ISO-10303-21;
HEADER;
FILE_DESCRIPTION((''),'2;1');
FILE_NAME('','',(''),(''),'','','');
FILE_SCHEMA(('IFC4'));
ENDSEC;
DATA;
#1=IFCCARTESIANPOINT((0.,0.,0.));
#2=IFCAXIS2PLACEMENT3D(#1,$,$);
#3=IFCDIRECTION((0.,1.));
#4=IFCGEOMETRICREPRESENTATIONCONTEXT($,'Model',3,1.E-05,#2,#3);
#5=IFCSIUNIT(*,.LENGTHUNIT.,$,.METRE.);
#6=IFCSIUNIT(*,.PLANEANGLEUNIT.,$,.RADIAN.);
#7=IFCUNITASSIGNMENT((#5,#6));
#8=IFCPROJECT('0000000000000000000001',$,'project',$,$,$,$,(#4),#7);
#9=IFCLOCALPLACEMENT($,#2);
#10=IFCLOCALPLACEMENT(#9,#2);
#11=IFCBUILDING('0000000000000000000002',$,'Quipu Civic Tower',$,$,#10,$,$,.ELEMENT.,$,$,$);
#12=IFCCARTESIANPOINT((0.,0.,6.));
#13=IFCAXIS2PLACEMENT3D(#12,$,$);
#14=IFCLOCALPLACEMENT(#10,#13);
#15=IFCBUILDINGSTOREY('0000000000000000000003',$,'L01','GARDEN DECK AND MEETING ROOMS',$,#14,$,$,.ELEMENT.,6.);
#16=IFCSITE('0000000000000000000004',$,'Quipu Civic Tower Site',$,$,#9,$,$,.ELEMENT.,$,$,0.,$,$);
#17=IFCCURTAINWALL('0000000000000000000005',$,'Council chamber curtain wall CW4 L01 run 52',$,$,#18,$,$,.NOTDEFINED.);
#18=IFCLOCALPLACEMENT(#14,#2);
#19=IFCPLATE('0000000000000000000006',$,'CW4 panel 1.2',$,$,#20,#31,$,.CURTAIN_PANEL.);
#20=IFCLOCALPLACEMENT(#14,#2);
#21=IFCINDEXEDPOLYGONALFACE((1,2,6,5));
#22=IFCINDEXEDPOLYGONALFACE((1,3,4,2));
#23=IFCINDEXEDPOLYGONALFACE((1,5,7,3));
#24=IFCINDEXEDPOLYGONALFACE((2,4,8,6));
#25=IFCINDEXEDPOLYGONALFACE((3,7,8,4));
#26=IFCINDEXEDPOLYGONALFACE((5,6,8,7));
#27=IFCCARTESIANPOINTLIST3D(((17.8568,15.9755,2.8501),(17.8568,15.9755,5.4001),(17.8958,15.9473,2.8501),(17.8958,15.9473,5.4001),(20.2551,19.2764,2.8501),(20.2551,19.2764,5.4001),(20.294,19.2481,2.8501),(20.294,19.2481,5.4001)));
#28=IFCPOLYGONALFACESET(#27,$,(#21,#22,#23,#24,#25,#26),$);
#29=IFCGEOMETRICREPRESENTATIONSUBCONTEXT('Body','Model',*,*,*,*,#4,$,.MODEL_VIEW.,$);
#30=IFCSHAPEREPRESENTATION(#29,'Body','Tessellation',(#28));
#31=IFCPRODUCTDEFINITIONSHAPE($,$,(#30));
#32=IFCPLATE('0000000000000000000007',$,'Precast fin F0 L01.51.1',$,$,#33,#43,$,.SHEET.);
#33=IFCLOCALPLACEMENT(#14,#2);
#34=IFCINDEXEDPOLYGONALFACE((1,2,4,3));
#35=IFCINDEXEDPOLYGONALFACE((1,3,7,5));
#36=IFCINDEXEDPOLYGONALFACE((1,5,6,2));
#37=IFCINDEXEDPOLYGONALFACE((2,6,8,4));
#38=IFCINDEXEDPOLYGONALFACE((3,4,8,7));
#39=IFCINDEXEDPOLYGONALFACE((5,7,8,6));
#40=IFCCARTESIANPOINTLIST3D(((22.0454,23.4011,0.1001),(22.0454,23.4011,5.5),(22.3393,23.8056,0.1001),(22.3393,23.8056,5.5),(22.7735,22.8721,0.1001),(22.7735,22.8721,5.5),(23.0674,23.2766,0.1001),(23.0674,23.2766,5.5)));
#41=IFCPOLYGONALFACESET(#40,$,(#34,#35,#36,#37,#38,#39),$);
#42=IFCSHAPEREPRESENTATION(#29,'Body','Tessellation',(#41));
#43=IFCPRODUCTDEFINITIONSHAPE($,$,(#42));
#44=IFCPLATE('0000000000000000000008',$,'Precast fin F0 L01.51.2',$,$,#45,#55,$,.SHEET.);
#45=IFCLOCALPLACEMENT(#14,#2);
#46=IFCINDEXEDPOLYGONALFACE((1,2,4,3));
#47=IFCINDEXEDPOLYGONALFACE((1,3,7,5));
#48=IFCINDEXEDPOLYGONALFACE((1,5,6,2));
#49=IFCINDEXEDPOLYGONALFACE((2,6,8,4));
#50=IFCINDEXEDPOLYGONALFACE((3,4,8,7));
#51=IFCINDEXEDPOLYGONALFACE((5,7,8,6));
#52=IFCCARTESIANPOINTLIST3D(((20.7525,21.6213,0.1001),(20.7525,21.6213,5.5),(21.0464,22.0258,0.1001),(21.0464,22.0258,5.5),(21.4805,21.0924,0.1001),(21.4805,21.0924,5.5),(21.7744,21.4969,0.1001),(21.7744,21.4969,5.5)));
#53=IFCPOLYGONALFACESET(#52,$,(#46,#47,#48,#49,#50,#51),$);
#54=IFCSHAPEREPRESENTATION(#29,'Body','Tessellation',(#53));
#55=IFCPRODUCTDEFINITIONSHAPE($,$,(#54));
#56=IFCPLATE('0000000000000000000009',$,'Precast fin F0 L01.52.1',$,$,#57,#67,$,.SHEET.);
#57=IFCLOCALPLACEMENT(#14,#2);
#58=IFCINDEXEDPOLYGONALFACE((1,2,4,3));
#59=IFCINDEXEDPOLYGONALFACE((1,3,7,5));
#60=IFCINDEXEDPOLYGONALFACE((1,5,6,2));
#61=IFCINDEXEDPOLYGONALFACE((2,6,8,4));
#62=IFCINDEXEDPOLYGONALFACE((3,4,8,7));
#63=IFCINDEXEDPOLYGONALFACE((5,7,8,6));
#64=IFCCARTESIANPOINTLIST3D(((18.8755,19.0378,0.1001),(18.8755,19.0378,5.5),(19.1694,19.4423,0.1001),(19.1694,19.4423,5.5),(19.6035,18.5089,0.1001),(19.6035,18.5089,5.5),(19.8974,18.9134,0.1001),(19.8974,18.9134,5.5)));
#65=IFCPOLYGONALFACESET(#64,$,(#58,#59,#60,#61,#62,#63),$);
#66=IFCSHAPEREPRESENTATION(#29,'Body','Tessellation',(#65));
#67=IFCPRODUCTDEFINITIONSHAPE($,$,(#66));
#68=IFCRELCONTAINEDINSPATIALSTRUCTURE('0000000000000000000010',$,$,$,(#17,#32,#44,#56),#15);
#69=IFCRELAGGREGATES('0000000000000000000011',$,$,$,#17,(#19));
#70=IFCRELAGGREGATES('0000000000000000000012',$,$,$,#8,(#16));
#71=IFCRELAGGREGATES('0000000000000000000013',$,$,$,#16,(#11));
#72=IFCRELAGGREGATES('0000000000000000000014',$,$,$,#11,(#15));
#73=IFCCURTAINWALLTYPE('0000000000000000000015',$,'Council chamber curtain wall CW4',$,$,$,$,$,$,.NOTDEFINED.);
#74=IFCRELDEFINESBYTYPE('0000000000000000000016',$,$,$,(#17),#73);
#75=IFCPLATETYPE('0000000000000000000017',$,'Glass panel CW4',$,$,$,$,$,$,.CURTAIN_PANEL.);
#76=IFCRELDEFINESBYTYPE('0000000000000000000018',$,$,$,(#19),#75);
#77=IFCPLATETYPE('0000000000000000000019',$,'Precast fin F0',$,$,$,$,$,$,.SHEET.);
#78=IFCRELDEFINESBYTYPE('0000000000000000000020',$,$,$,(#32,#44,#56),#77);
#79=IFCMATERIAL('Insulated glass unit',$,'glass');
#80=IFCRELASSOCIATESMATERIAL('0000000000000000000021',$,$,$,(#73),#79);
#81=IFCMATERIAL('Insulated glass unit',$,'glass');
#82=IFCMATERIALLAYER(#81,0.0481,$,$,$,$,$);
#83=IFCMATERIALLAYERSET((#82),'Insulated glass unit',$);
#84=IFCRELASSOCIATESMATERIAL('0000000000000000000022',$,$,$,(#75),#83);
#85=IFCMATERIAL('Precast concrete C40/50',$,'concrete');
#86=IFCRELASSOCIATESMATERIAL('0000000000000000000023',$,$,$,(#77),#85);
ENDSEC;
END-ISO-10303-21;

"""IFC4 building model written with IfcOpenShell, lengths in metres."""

from ifc_helpers import new_model, si_unit, direction, frame, origin, origin_2d, place, context, subcontext, project, spatial, rectangle, extrude, material, layer, layer_set, type_object, element, aggregate, save


model = new_model("IFC4")

# Units and contexts
model_context = context("Model", 3, precision=1e-05, world=origin(), true_north=direction((0.0, 1.0)))
body_context = subcontext(model_context, "Body", "Model", "MODEL_VIEW")
ifc_project = project(units=[si_unit("LENGTHUNIT", "METRE"), si_unit("PLANEANGLEUNIT", "RADIAN")], contexts=[model_context])

# Site, building, storey
site_placement = place(None, origin())
site = spatial("IfcSite", under=ifc_project, at=site_placement, Name="Quipu Civic Tower Site", CompositionType="ELEMENT", RefElevation=0.0)
building_placement = place(site_placement, origin())
building = spatial("IfcBuilding", under=site, at=building_placement, Name="Quipu Civic Tower", CompositionType="ELEMENT")
storey_placement = place(building_placement, frame((0.0, 0.0, 6.0)))
storey = spatial("IfcBuildingStorey", under=building, at=storey_placement, Name="L01", Description="GARDEN DECK AND MEETING ROOMS", CompositionType="ELEMENT", Elevation=6.0)

# Shared definitions
ifc_material_1 = material(Name="Insulated glass unit", Category="glass")
curtain_wall_type = type_object("IfcCurtainWallType", Name="Council chamber curtain wall CW4", PredefinedType="NOTDEFINED", material=ifc_material_1)

# Curtain wall
curtain_wall_1_placement = place(storey_placement, origin())
curtain_wall_1 = element("IfcCurtainWall", 1, at=curtain_wall_1_placement, inside=storey, type_object=curtain_wall_type, Name="Council chamber curtain wall CW4 L01 run 52", PredefinedType="NOTDEFINED")

# Plate
ifc_material_2 = material(Name="Insulated glass unit", Category="glass")
ifc_layer = layer(ifc_material_2, 0.0481)
ifc_layer_set = layer_set([ifc_layer], Name="Insulated glass unit")
plate_type_1 = type_object("IfcPlateType", Name="Glass panel CW4", PredefinedType="CURTAIN_PANEL", material=ifc_layer_set)
plate_1_placement = place(storey_placement, frame((19.0754, 17.6118, 2.8501), z_axis=(0.0, 0.0, 1.0), x_axis=(-0.5878, -0.809006, 0.0)))
plate_1 = element("IfcPlate", 2, at=plate_1_placement, type_object=plate_type_1, Name="CW4 panel 1.2", PredefinedType="CURTAIN_PANEL", context=body_context, shape_type="SweptSolid", body=[
    extrude(rectangle(XDim=4.0801, YDim=0.0481, at=origin_2d()), origin(), (0.0, 0.0, 1.0), 2.55),
])
aggregate(curtain_wall_1, [plate_1])

# Plates
ifc_material_3 = material(Name="Precast concrete C40/50", Category="concrete")
plate_type_2 = type_object("IfcPlateType", Name="Precast fin F0", PredefinedType="SHEET", material=ifc_material_3)
for number, where, z_axis, x_axis, name in (
    (3, (22.5564, 23.3389, 0.1001), (0.0, 0.0, 1.0), (-0.587785, -0.809017, 0.0), "Precast fin F0 L01.51.1"),
    (4, (21.2634, 21.5591, 0.1001), (0.0, 0.0, 1.0), (-0.587785, -0.809017, 0.0), "Precast fin F0 L01.51.2"),
    (5, (19.3865, 18.9756, 0.1001), (0.0, 0.0, 1.0), (-0.587785, -0.809017, 0.0), "Precast fin F0 L01.52.1"),
):
    element("IfcPlate", number, at=place(storey_placement, frame(where, z_axis=z_axis, x_axis=x_axis)), inside=storey, type_object=plate_type_2, Name=name, PredefinedType="SHEET", context=body_context, shape_type="SweptSolid", body=[
        extrude(rectangle(XDim=0.5, YDim=0.8999, at=origin_2d()), origin(), (0.0, 0.0, 1.0), 5.3999),
    ])

save(model, "model.ifc")
